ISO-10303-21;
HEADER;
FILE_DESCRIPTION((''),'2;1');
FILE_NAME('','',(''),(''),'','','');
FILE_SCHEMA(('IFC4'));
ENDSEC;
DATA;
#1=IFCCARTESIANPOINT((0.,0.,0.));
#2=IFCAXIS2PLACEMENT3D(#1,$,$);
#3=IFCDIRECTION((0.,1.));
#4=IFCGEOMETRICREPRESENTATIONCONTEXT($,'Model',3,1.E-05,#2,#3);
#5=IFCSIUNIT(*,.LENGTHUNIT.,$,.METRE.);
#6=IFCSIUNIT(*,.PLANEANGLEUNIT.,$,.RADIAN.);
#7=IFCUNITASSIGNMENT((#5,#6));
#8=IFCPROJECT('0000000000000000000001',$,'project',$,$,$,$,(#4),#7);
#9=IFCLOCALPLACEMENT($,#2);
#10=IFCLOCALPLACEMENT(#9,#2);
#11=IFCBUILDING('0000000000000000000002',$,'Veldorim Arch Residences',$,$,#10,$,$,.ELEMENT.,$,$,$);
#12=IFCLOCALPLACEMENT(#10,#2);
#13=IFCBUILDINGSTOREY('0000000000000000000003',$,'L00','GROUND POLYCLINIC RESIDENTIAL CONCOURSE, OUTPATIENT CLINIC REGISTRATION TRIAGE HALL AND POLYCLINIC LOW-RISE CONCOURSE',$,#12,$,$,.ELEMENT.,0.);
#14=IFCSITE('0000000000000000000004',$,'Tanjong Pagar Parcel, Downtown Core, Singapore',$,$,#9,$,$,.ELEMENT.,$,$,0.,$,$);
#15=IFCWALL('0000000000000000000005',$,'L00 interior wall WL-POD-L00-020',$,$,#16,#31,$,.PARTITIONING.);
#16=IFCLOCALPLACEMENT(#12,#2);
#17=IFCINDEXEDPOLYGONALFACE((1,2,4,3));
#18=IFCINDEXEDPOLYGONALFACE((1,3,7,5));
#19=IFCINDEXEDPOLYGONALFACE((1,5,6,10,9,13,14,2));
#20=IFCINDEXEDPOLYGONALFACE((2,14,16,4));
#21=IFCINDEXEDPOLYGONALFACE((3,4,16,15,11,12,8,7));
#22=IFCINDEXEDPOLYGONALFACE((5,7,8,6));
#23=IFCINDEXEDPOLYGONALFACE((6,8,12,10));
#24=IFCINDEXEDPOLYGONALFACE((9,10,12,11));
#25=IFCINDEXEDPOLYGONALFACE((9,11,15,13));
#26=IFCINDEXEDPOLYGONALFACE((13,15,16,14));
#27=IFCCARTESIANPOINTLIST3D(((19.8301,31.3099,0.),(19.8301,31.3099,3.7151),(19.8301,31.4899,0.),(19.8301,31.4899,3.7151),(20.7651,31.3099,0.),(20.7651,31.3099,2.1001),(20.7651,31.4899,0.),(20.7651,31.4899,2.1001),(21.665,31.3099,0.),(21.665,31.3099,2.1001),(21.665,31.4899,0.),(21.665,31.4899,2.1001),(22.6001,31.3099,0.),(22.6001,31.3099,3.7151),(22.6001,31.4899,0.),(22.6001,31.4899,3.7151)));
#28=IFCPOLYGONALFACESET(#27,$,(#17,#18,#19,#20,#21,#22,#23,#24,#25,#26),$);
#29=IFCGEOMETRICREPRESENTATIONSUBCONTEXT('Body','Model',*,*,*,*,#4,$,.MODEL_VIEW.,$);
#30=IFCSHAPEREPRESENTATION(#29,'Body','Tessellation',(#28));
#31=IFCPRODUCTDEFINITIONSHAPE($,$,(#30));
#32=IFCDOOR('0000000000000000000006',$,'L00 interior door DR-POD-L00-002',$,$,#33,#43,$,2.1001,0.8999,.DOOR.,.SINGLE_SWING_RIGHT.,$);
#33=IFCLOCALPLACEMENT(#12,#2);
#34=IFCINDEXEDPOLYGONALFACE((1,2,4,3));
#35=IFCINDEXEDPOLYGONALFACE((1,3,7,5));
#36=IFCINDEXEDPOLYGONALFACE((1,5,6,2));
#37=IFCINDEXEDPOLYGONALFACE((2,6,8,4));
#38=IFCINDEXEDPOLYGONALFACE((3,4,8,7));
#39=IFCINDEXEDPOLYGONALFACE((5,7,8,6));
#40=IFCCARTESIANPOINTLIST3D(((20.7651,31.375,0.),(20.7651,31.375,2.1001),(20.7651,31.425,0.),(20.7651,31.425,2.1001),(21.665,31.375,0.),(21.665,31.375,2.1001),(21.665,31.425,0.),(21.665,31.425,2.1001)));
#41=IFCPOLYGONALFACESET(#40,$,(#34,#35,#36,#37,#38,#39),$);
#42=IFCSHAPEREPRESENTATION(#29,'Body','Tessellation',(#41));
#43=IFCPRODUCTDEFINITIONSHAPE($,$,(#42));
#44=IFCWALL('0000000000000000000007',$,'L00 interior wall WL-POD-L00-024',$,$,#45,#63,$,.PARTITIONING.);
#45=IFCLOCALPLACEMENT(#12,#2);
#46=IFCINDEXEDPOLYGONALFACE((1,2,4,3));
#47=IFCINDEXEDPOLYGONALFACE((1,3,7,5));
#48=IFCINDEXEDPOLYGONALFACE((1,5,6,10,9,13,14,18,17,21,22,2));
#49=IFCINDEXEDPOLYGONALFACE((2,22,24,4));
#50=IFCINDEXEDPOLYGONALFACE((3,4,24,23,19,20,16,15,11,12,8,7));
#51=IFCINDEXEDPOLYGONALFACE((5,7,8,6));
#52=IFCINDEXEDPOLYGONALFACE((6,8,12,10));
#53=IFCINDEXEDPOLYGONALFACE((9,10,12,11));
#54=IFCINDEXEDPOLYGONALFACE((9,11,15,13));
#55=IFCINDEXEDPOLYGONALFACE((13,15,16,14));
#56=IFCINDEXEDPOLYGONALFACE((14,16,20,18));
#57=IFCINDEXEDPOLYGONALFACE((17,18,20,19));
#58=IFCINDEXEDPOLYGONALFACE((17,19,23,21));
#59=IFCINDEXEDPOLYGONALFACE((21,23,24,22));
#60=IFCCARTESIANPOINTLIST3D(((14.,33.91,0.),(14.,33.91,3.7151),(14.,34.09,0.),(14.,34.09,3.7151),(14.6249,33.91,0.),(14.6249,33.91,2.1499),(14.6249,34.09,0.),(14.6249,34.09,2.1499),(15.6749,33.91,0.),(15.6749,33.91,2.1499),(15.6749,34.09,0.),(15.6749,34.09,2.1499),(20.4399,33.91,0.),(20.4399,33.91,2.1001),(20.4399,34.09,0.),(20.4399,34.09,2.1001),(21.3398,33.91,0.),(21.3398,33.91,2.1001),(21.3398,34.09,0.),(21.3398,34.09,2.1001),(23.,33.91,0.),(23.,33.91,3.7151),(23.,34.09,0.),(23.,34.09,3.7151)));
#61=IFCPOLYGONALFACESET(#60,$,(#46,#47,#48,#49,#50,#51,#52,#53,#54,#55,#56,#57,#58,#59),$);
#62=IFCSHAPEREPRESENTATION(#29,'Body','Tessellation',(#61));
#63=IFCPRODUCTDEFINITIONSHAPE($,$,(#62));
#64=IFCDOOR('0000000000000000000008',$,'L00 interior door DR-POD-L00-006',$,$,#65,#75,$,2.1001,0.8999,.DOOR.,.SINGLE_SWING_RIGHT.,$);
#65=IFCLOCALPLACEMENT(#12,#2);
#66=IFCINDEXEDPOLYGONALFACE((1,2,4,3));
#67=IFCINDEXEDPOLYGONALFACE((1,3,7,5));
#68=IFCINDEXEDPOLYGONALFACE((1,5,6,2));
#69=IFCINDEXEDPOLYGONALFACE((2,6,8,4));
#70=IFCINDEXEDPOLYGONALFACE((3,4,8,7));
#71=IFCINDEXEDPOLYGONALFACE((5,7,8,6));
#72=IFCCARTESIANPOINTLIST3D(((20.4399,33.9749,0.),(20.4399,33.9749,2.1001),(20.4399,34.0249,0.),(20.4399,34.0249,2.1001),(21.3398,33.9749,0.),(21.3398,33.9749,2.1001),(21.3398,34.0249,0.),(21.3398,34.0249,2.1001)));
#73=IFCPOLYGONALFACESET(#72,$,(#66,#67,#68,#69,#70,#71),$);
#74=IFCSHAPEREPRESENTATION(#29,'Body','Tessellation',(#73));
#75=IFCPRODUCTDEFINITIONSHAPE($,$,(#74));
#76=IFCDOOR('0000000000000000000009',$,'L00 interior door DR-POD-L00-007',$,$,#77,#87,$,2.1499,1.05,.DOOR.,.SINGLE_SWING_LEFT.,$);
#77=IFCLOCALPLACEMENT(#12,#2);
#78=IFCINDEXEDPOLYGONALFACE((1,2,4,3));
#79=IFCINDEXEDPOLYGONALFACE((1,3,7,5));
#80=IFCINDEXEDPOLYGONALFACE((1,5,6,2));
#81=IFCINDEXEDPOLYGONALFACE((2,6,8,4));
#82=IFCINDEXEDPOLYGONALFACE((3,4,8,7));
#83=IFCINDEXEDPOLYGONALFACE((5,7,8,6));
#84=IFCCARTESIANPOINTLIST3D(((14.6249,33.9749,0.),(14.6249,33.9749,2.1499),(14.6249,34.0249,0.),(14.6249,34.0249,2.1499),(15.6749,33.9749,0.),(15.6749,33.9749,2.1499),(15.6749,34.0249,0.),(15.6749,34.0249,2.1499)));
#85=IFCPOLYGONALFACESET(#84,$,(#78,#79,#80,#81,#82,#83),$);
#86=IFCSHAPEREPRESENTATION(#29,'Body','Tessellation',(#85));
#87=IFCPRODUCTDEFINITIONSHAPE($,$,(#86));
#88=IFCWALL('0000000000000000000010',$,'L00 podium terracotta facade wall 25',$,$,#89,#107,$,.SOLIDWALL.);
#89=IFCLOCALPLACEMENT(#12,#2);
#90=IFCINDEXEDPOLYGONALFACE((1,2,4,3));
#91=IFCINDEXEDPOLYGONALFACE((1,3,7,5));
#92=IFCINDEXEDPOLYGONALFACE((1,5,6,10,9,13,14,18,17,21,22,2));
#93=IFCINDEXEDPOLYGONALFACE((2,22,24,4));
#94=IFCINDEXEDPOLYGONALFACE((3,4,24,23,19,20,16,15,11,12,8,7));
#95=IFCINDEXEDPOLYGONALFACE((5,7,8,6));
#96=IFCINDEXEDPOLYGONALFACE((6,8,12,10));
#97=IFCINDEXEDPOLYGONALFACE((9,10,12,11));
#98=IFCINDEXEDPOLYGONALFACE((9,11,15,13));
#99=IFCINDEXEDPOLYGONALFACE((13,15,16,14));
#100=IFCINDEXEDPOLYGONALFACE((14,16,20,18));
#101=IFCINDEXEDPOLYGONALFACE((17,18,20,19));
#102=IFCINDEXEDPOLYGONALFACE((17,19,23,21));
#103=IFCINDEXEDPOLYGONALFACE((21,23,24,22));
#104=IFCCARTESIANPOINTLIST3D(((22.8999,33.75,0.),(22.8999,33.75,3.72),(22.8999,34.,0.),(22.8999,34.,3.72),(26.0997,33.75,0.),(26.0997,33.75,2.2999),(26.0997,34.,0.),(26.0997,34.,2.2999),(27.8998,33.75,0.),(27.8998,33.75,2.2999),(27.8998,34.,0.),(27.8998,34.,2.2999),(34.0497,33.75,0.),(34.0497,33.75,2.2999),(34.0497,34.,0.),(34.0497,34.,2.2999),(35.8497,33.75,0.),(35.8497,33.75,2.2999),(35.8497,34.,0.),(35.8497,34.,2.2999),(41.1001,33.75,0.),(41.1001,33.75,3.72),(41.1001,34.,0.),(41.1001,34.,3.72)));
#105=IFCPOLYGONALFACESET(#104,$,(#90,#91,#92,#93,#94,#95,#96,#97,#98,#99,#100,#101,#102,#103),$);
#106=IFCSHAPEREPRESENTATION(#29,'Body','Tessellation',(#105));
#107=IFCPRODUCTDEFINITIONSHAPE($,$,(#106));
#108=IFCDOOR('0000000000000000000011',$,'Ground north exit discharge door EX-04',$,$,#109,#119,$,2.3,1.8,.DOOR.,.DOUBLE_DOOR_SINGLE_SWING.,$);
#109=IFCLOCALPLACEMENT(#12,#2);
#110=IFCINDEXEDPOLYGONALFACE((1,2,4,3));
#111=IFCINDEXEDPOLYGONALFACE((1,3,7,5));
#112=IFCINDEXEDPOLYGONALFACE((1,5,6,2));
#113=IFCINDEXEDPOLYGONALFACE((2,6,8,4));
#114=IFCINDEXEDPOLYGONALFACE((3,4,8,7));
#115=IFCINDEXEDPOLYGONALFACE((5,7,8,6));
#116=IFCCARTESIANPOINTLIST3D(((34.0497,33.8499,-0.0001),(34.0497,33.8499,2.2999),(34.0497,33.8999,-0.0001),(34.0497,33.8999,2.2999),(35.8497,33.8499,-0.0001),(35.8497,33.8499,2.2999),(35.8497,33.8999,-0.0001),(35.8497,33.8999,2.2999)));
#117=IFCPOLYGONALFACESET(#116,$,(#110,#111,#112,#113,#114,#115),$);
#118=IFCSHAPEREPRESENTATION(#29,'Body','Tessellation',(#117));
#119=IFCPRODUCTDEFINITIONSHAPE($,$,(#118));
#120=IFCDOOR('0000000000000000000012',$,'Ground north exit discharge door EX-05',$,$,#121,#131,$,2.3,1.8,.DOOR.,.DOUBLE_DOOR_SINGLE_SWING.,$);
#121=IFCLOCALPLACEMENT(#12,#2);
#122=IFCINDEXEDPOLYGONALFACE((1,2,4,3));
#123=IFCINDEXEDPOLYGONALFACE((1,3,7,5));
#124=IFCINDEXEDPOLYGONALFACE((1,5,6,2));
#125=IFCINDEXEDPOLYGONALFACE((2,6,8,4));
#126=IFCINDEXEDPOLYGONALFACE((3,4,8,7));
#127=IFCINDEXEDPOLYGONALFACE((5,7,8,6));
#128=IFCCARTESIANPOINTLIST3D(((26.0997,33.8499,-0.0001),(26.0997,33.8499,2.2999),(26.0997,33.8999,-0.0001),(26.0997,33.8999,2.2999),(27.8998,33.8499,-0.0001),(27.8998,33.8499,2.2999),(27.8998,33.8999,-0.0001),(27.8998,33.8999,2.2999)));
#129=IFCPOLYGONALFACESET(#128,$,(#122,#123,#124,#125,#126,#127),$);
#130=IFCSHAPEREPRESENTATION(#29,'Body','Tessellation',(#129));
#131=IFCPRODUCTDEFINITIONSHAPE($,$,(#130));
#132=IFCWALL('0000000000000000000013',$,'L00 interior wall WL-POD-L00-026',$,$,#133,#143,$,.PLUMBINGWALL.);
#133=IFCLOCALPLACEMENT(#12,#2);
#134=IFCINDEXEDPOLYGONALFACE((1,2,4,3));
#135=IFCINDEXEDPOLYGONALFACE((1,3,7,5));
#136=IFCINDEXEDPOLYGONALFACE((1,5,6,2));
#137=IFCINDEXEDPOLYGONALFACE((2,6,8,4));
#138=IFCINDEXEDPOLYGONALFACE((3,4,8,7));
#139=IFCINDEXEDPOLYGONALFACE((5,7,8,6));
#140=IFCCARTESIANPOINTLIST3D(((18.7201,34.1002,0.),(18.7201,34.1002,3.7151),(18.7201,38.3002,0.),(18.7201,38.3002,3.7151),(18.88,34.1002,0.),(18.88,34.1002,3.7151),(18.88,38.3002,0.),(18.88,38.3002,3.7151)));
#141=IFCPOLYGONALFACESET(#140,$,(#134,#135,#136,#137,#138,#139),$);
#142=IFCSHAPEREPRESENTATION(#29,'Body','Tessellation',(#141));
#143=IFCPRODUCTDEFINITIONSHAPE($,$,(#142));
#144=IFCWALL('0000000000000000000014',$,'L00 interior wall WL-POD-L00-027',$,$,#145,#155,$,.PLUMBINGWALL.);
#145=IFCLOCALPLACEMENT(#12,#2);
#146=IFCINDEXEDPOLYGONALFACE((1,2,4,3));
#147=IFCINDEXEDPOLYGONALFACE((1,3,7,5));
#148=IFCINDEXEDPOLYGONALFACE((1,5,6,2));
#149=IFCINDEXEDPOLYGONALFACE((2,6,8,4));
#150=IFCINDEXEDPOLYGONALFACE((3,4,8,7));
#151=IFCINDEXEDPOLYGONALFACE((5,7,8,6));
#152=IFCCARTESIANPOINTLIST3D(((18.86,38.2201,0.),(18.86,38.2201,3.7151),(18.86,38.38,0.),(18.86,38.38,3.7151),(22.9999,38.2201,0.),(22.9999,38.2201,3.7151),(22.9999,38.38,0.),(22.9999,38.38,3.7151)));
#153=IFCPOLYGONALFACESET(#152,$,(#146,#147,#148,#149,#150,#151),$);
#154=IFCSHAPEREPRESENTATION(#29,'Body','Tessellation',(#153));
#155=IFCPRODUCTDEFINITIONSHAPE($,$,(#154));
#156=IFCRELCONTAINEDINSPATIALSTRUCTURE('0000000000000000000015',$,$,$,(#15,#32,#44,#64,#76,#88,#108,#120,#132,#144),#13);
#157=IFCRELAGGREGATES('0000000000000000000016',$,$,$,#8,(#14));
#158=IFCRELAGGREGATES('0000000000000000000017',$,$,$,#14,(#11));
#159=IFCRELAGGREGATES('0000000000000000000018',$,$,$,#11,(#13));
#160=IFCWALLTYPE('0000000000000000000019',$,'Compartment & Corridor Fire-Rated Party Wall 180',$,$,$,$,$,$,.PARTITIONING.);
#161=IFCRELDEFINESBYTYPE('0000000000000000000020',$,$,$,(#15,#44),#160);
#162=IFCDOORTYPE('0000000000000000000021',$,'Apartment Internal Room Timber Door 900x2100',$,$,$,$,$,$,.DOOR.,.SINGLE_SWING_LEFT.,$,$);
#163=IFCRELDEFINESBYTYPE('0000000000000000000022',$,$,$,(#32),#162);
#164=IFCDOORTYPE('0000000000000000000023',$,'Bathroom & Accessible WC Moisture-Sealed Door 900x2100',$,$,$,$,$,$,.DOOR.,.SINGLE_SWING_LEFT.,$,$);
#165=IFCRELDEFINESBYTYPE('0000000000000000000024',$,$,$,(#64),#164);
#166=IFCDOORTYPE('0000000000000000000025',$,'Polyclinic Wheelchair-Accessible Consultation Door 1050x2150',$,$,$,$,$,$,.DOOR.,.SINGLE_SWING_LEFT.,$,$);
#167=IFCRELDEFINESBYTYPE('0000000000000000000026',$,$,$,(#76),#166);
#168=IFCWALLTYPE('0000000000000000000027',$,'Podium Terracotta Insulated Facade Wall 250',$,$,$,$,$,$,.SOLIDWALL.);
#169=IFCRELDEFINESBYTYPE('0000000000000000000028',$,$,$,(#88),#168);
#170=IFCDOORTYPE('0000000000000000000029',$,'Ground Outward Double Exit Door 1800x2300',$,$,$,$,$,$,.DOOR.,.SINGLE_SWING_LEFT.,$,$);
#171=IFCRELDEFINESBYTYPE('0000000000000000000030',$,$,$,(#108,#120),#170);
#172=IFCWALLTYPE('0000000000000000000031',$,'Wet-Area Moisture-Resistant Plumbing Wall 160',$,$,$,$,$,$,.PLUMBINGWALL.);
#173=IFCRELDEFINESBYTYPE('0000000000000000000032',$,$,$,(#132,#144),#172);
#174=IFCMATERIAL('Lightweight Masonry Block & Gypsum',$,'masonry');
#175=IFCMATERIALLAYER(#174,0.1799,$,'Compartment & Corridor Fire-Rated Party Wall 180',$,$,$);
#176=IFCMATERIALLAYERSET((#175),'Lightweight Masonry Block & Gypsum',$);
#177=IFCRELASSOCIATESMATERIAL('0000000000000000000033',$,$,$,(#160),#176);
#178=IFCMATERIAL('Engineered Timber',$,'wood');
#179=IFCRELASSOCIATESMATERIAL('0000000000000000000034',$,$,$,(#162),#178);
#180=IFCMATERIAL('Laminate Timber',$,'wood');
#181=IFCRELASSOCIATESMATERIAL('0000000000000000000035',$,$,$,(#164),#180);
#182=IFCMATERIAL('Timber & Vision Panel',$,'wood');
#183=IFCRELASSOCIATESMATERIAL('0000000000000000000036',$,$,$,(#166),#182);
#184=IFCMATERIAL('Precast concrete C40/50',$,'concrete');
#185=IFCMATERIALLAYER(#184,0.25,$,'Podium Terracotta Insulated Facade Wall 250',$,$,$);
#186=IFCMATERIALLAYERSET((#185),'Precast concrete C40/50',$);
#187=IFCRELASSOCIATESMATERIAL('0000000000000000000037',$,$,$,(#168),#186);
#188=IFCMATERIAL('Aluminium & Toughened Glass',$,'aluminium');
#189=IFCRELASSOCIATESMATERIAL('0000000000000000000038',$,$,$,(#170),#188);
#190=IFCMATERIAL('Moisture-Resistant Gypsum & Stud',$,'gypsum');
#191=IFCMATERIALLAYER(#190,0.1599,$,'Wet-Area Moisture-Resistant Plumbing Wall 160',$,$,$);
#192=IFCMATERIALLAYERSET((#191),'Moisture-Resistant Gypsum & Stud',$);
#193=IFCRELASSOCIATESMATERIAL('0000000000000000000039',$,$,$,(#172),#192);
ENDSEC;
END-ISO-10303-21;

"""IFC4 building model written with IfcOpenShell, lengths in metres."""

from ifc_helpers import new_model, si_unit, direction, frame, frame_2d, origin, place, context, subcontext, project, spatial, rectangle, extrude, material, layer, layer_set, type_object, element, fill, save


model = new_model("IFC4")

# Units and contexts
model_context = context("Model", 3, precision=1e-05, world=origin(), true_north=direction((0.0, 1.0)))
body_context = subcontext(model_context, "Body", "Model", "MODEL_VIEW")
ifc_project = project(units=[si_unit("LENGTHUNIT", "METRE"), si_unit("PLANEANGLEUNIT", "RADIAN")], contexts=[model_context])

# Site, building, storey
site_placement = place(None, origin())
site = spatial("IfcSite", under=ifc_project, at=site_placement, Name="Tanjong Pagar Parcel, Downtown Core, Singapore", CompositionType="ELEMENT", RefElevation=0.0)
building_placement = place(site_placement, origin())
building = spatial("IfcBuilding", under=site, at=building_placement, Name="Veldorim Arch Residences", CompositionType="ELEMENT")
storey_placement = place(building_placement, origin())
storey = spatial("IfcBuildingStorey", under=building, at=storey_placement, Name="L00", Description="GROUND POLYCLINIC RESIDENTIAL CONCOURSE, OUTPATIENT CLINIC REGISTRATION TRIAGE HALL AND POLYCLINIC LOW-RISE CONCOURSE", CompositionType="ELEMENT", Elevation=0.0)

# Wall, opening, door
ifc_material_1 = material(Name="Lightweight Masonry Block & Gypsum", Category="masonry")
ifc_layer_1 = layer(ifc_material_1, 0.1799, Name="Compartment & Corridor Fire-Rated Party Wall 180")
ifc_layer_set_1 = layer_set([ifc_layer_1], Name="Lightweight Masonry Block & Gypsum")
wall_type_1 = type_object("IfcWallType", Name="Compartment & Corridor Fire-Rated Party Wall 180", PredefinedType="PARTITIONING", material=ifc_layer_set_1)
wall_1_placement = place(storey_placement, frame((22.6001, 31.3999, 0.0), z_axis=(0.0, 0.0, 1.0), x_axis=(-1.0, 0.0, 0.0)))
wall_1 = element("IfcWall", 1, at=wall_1_placement, inside=storey, type_object=wall_type_1, Name="L00 interior wall WL-POD-L00-020", PredefinedType="PARTITIONING", context=body_context, shape_type="SweptSolid", body=[
    extrude(rectangle(XDim=2.77, YDim=0.1799, at=frame_2d((1.385, 0.0))), origin(), (0.0, 0.0, 1.0), 3.7151),
])
opening_1_placement = place(wall_1_placement, frame((0.9351, 0.0, 0.0)))
opening_1 = element("IfcOpeningElement", 2, at=opening_1_placement, cuts=wall_1, PredefinedType="OPENING", context=body_context, shape_type="SweptSolid", body=[
    extrude(rectangle(XDim=0.8999, YDim=2.1001, at=frame_2d((0.45, 1.05))), frame((0.0, 0.0999, 0.0), z_axis=(0.0, -1.0, 0.0), x_axis=(1.0, 0.0, 0.0)), (0.0, 0.0, 1.0), 0.2),
])
ifc_material_2 = material(Name="Engineered Timber", Category="wood")
door_type_1 = type_object("IfcDoorType", Name="Apartment Internal Room Timber Door 900x2100", OperationType="SINGLE_SWING_LEFT", PredefinedType="DOOR", material=ifc_material_2)
door_1_placement = place(opening_1_placement, origin())
door_1 = element("IfcDoor", 3, at=door_1_placement, inside=storey, type_object=door_type_1, Name="L00 interior door DR-POD-L00-002", OperationType="SINGLE_SWING_RIGHT", OverallHeight=2.1001, OverallWidth=0.8999, PredefinedType="DOOR", context=body_context, shape_type="SweptSolid", body=[
    extrude(rectangle(XDim=0.8999, YDim=2.1001, at=frame_2d((0.45, 1.05))), frame((0.0, 0.0249, 0.0), z_axis=(0.0, -1.0, 0.0), x_axis=(1.0, 0.0, 0.0)), (0.0, 0.0, 1.0), 0.05),
])
fill(opening_1, door_1)

# Walls, openings, doors
wall_2_placement = place(storey_placement, frame((14.0, 34.0, 0.0), z_axis=(0.0, 0.0, 1.0), x_axis=(1.0, 0.0, 0.0)))
wall_2 = element("IfcWall", 4, at=wall_2_placement, inside=storey, type_object=wall_type_1, Name="L00 interior wall WL-POD-L00-024", PredefinedType="PARTITIONING", context=body_context, shape_type="SweptSolid", body=[
    extrude(rectangle(XDim=9.0, YDim=0.1799, at=frame_2d((4.5, 0.0))), origin(), (0.0, 0.0, 1.0), 3.7151),
])
opening_2_placement = place(wall_2_placement, frame((6.4399, 0.0, 0.0)))
opening_2 = element("IfcOpeningElement", 5, at=opening_2_placement, cuts=wall_2, PredefinedType="OPENING", context=body_context, shape_type="SweptSolid", body=[
    extrude(rectangle(XDim=0.8999, YDim=2.1001, at=frame_2d((0.45, 1.05))), frame((0.0, 0.0999, 0.0), z_axis=(0.0, -1.0, 0.0), x_axis=(1.0, 0.0, 0.0)), (0.0, 0.0, 1.0), 0.2),
])
opening_3_placement = place(wall_2_placement, frame((0.625, 0.0, 0.0)))
opening_3 = element("IfcOpeningElement", 6, at=opening_3_placement, cuts=wall_2, PredefinedType="OPENING", context=body_context, shape_type="SweptSolid", body=[
    extrude(rectangle(XDim=1.05, YDim=2.1499, at=frame_2d((0.5249, 1.075))), frame((0.0, 0.0999, 0.0), z_axis=(0.0, -1.0, 0.0), x_axis=(1.0, 0.0, 0.0)), (0.0, 0.0, 1.0), 0.2),
])
ifc_material_3 = material(Name="Laminate Timber", Category="wood")
door_type_2 = type_object("IfcDoorType", Name="Bathroom & Accessible WC Moisture-Sealed Door 900x2100", OperationType="SINGLE_SWING_LEFT", PredefinedType="DOOR", material=ifc_material_3)
door_2_placement = place(opening_2_placement, origin())
door_2 = element("IfcDoor", 7, at=door_2_placement, inside=storey, type_object=door_type_2, Name="L00 interior door DR-POD-L00-006", OperationType="SINGLE_SWING_RIGHT", OverallHeight=2.1001, OverallWidth=0.8999, PredefinedType="DOOR", context=body_context, shape_type="SweptSolid", body=[
    extrude(rectangle(XDim=0.8999, YDim=2.1001, at=frame_2d((0.45, 1.05))), frame((0.0, 0.0249, 0.0), z_axis=(0.0, -1.0, 0.0), x_axis=(1.0, 0.0, 0.0)), (0.0, 0.0, 1.0), 0.05),
])
fill(opening_2, door_2)
ifc_material_4 = material(Name="Timber & Vision Panel", Category="wood")
door_type_3 = type_object("IfcDoorType", Name="Polyclinic Wheelchair-Accessible Consultation Door 1050x2150", OperationType="SINGLE_SWING_LEFT", PredefinedType="DOOR", material=ifc_material_4)
door_3_placement = place(opening_3_placement, origin())
door_3 = element("IfcDoor", 8, at=door_3_placement, inside=storey, type_object=door_type_3, Name="L00 interior door DR-POD-L00-007", OperationType="SINGLE_SWING_LEFT", OverallHeight=2.1499, OverallWidth=1.05, PredefinedType="DOOR", context=body_context, shape_type="SweptSolid", body=[
    extrude(rectangle(XDim=1.05, YDim=2.1499, at=frame_2d((0.5249, 1.075))), frame((0.0, 0.0249, 0.0), z_axis=(0.0, -1.0, 0.0), x_axis=(1.0, 0.0, 0.0)), (0.0, 0.0, 1.0), 0.05),
])
fill(opening_3, door_3)
ifc_material_5 = material(Name="Precast concrete C40/50", Category="concrete")
ifc_layer_2 = layer(ifc_material_5, 0.25, Name="Podium Terracotta Insulated Facade Wall 250")
ifc_layer_set_2 = layer_set([ifc_layer_2], Name="Precast concrete C40/50")
wall_type_2 = type_object("IfcWallType", Name="Podium Terracotta Insulated Facade Wall 250", PredefinedType="SOLIDWALL", material=ifc_layer_set_2)
wall_3_placement = place(storey_placement, frame((22.8999, 33.875, 0.0), z_axis=(0.0, 0.0, 1.0), x_axis=(1.0, 0.0, 0.0)))
wall_3 = element("IfcWall", 9, at=wall_3_placement, inside=storey, type_object=wall_type_2, Name="L00 podium terracotta facade wall 25", PredefinedType="SOLIDWALL", context=body_context, shape_type="SweptSolid", body=[
    extrude(rectangle(XDim=18.2002, YDim=0.25, at=frame_2d((9.1001, 0.0))), origin(), (0.0, 0.0, 1.0), 3.72),
])
opening_4_placement = place(wall_3_placement, frame((11.1499, 0.0, 0.0)))
opening_4 = element("IfcOpeningElement", 10, at=opening_4_placement, cuts=wall_3, PredefinedType="OPENING", context=body_context, shape_type="SweptSolid", body=[
    extrude(rectangle(XDim=1.8, YDim=2.3, at=frame_2d((0.8999, 1.1499))), frame((0.0, 0.135, 0.0), z_axis=(0.0, -1.0, 0.0), x_axis=(1.0, 0.0, 0.0)), (0.0, 0.0, 1.0), 0.27),
])
opening_5_placement = place(wall_3_placement, frame((3.2, 0.0, 0.0)))
opening_5 = element("IfcOpeningElement", 11, at=opening_5_placement, cuts=wall_3, PredefinedType="OPENING", context=body_context, shape_type="SweptSolid", body=[
    extrude(rectangle(XDim=1.8, YDim=2.3, at=frame_2d((0.8999, 1.1499))), frame((0.0, 0.135, 0.0), z_axis=(0.0, -1.0, 0.0), x_axis=(1.0, 0.0, 0.0)), (0.0, 0.0, 1.0), 0.27),
])
ifc_material_6 = material(Name="Aluminium & Toughened Glass", Category="aluminium")
door_type_4 = type_object("IfcDoorType", Name="Ground Outward Double Exit Door 1800x2300", OperationType="SINGLE_SWING_LEFT", PredefinedType="DOOR", material=ifc_material_6)
door_4_placement = place(opening_4_placement, origin())
door_4 = element("IfcDoor", 12, at=door_4_placement, inside=storey, type_object=door_type_4, Name="Ground north exit discharge door EX-04", OperationType="DOUBLE_DOOR_SINGLE_SWING", OverallHeight=2.3, OverallWidth=1.8, PredefinedType="DOOR", context=body_context, shape_type="SweptSolid", body=[
    extrude(rectangle(XDim=1.8, YDim=2.3, at=frame_2d((0.8999, 1.1499))), frame((0.0, 0.0249, 0.0), z_axis=(0.0, -1.0, 0.0), x_axis=(1.0, 0.0, 0.0)), (0.0, 0.0, 1.0), 0.05),
])
fill(opening_4, door_4)
door_5_placement = place(opening_5_placement, origin())
door_5 = element("IfcDoor", 13, at=door_5_placement, inside=storey, type_object=door_type_4, Name="Ground north exit discharge door EX-05", OperationType="DOUBLE_DOOR_SINGLE_SWING", OverallHeight=2.3, OverallWidth=1.8, PredefinedType="DOOR", context=body_context, shape_type="SweptSolid", body=[
    extrude(rectangle(XDim=1.8, YDim=2.3, at=frame_2d((0.8999, 1.1499))), frame((0.0, 0.0249, 0.0), z_axis=(0.0, -1.0, 0.0), x_axis=(1.0, 0.0, 0.0)), (0.0, 0.0, 1.0), 0.05),
])
fill(opening_5, door_5)

# Walls
ifc_material_7 = material(Name="Moisture-Resistant Gypsum & Stud", Category="gypsum")
ifc_layer_3 = layer(ifc_material_7, 0.1599, Name="Wet-Area Moisture-Resistant Plumbing Wall 160")
ifc_layer_set_3 = layer_set([ifc_layer_3], Name="Moisture-Resistant Gypsum & Stud")
wall_type_3 = type_object("IfcWallType", Name="Wet-Area Moisture-Resistant Plumbing Wall 160", PredefinedType="PLUMBINGWALL", material=ifc_layer_set_3)
wall_4_placement = place(storey_placement, frame((18.8, 34.1001, 0.0), z_axis=(0.0, 0.0, 1.0), x_axis=(0.0, 1.0, 0.0)))
element("IfcWall", 14, at=wall_4_placement, inside=storey, type_object=wall_type_3, Name="L00 interior wall WL-POD-L00-026", PredefinedType="PLUMBINGWALL", context=body_context, shape_type="SweptSolid", body=[
    extrude(rectangle(XDim=4.2, YDim=0.1599, at=frame_2d((2.1001, 0.0))), origin(), (0.0, 0.0, 1.0), 3.7151),
])
wall_5_placement = place(storey_placement, frame((18.8601, 38.3, 0.0), z_axis=(0.0, 0.0, 1.0), x_axis=(1.0, 0.0, 0.0)))
element("IfcWall", 15, at=wall_5_placement, inside=storey, type_object=wall_type_3, Name="L00 interior wall WL-POD-L00-027", PredefinedType="PLUMBINGWALL", context=body_context, shape_type="SweptSolid", body=[
    extrude(rectangle(XDim=4.1399, YDim=0.1599, at=frame_2d((2.0698, 0.0))), origin(), (0.0, 0.0, 1.0), 3.7151),
])

save(model, "model.ifc")
